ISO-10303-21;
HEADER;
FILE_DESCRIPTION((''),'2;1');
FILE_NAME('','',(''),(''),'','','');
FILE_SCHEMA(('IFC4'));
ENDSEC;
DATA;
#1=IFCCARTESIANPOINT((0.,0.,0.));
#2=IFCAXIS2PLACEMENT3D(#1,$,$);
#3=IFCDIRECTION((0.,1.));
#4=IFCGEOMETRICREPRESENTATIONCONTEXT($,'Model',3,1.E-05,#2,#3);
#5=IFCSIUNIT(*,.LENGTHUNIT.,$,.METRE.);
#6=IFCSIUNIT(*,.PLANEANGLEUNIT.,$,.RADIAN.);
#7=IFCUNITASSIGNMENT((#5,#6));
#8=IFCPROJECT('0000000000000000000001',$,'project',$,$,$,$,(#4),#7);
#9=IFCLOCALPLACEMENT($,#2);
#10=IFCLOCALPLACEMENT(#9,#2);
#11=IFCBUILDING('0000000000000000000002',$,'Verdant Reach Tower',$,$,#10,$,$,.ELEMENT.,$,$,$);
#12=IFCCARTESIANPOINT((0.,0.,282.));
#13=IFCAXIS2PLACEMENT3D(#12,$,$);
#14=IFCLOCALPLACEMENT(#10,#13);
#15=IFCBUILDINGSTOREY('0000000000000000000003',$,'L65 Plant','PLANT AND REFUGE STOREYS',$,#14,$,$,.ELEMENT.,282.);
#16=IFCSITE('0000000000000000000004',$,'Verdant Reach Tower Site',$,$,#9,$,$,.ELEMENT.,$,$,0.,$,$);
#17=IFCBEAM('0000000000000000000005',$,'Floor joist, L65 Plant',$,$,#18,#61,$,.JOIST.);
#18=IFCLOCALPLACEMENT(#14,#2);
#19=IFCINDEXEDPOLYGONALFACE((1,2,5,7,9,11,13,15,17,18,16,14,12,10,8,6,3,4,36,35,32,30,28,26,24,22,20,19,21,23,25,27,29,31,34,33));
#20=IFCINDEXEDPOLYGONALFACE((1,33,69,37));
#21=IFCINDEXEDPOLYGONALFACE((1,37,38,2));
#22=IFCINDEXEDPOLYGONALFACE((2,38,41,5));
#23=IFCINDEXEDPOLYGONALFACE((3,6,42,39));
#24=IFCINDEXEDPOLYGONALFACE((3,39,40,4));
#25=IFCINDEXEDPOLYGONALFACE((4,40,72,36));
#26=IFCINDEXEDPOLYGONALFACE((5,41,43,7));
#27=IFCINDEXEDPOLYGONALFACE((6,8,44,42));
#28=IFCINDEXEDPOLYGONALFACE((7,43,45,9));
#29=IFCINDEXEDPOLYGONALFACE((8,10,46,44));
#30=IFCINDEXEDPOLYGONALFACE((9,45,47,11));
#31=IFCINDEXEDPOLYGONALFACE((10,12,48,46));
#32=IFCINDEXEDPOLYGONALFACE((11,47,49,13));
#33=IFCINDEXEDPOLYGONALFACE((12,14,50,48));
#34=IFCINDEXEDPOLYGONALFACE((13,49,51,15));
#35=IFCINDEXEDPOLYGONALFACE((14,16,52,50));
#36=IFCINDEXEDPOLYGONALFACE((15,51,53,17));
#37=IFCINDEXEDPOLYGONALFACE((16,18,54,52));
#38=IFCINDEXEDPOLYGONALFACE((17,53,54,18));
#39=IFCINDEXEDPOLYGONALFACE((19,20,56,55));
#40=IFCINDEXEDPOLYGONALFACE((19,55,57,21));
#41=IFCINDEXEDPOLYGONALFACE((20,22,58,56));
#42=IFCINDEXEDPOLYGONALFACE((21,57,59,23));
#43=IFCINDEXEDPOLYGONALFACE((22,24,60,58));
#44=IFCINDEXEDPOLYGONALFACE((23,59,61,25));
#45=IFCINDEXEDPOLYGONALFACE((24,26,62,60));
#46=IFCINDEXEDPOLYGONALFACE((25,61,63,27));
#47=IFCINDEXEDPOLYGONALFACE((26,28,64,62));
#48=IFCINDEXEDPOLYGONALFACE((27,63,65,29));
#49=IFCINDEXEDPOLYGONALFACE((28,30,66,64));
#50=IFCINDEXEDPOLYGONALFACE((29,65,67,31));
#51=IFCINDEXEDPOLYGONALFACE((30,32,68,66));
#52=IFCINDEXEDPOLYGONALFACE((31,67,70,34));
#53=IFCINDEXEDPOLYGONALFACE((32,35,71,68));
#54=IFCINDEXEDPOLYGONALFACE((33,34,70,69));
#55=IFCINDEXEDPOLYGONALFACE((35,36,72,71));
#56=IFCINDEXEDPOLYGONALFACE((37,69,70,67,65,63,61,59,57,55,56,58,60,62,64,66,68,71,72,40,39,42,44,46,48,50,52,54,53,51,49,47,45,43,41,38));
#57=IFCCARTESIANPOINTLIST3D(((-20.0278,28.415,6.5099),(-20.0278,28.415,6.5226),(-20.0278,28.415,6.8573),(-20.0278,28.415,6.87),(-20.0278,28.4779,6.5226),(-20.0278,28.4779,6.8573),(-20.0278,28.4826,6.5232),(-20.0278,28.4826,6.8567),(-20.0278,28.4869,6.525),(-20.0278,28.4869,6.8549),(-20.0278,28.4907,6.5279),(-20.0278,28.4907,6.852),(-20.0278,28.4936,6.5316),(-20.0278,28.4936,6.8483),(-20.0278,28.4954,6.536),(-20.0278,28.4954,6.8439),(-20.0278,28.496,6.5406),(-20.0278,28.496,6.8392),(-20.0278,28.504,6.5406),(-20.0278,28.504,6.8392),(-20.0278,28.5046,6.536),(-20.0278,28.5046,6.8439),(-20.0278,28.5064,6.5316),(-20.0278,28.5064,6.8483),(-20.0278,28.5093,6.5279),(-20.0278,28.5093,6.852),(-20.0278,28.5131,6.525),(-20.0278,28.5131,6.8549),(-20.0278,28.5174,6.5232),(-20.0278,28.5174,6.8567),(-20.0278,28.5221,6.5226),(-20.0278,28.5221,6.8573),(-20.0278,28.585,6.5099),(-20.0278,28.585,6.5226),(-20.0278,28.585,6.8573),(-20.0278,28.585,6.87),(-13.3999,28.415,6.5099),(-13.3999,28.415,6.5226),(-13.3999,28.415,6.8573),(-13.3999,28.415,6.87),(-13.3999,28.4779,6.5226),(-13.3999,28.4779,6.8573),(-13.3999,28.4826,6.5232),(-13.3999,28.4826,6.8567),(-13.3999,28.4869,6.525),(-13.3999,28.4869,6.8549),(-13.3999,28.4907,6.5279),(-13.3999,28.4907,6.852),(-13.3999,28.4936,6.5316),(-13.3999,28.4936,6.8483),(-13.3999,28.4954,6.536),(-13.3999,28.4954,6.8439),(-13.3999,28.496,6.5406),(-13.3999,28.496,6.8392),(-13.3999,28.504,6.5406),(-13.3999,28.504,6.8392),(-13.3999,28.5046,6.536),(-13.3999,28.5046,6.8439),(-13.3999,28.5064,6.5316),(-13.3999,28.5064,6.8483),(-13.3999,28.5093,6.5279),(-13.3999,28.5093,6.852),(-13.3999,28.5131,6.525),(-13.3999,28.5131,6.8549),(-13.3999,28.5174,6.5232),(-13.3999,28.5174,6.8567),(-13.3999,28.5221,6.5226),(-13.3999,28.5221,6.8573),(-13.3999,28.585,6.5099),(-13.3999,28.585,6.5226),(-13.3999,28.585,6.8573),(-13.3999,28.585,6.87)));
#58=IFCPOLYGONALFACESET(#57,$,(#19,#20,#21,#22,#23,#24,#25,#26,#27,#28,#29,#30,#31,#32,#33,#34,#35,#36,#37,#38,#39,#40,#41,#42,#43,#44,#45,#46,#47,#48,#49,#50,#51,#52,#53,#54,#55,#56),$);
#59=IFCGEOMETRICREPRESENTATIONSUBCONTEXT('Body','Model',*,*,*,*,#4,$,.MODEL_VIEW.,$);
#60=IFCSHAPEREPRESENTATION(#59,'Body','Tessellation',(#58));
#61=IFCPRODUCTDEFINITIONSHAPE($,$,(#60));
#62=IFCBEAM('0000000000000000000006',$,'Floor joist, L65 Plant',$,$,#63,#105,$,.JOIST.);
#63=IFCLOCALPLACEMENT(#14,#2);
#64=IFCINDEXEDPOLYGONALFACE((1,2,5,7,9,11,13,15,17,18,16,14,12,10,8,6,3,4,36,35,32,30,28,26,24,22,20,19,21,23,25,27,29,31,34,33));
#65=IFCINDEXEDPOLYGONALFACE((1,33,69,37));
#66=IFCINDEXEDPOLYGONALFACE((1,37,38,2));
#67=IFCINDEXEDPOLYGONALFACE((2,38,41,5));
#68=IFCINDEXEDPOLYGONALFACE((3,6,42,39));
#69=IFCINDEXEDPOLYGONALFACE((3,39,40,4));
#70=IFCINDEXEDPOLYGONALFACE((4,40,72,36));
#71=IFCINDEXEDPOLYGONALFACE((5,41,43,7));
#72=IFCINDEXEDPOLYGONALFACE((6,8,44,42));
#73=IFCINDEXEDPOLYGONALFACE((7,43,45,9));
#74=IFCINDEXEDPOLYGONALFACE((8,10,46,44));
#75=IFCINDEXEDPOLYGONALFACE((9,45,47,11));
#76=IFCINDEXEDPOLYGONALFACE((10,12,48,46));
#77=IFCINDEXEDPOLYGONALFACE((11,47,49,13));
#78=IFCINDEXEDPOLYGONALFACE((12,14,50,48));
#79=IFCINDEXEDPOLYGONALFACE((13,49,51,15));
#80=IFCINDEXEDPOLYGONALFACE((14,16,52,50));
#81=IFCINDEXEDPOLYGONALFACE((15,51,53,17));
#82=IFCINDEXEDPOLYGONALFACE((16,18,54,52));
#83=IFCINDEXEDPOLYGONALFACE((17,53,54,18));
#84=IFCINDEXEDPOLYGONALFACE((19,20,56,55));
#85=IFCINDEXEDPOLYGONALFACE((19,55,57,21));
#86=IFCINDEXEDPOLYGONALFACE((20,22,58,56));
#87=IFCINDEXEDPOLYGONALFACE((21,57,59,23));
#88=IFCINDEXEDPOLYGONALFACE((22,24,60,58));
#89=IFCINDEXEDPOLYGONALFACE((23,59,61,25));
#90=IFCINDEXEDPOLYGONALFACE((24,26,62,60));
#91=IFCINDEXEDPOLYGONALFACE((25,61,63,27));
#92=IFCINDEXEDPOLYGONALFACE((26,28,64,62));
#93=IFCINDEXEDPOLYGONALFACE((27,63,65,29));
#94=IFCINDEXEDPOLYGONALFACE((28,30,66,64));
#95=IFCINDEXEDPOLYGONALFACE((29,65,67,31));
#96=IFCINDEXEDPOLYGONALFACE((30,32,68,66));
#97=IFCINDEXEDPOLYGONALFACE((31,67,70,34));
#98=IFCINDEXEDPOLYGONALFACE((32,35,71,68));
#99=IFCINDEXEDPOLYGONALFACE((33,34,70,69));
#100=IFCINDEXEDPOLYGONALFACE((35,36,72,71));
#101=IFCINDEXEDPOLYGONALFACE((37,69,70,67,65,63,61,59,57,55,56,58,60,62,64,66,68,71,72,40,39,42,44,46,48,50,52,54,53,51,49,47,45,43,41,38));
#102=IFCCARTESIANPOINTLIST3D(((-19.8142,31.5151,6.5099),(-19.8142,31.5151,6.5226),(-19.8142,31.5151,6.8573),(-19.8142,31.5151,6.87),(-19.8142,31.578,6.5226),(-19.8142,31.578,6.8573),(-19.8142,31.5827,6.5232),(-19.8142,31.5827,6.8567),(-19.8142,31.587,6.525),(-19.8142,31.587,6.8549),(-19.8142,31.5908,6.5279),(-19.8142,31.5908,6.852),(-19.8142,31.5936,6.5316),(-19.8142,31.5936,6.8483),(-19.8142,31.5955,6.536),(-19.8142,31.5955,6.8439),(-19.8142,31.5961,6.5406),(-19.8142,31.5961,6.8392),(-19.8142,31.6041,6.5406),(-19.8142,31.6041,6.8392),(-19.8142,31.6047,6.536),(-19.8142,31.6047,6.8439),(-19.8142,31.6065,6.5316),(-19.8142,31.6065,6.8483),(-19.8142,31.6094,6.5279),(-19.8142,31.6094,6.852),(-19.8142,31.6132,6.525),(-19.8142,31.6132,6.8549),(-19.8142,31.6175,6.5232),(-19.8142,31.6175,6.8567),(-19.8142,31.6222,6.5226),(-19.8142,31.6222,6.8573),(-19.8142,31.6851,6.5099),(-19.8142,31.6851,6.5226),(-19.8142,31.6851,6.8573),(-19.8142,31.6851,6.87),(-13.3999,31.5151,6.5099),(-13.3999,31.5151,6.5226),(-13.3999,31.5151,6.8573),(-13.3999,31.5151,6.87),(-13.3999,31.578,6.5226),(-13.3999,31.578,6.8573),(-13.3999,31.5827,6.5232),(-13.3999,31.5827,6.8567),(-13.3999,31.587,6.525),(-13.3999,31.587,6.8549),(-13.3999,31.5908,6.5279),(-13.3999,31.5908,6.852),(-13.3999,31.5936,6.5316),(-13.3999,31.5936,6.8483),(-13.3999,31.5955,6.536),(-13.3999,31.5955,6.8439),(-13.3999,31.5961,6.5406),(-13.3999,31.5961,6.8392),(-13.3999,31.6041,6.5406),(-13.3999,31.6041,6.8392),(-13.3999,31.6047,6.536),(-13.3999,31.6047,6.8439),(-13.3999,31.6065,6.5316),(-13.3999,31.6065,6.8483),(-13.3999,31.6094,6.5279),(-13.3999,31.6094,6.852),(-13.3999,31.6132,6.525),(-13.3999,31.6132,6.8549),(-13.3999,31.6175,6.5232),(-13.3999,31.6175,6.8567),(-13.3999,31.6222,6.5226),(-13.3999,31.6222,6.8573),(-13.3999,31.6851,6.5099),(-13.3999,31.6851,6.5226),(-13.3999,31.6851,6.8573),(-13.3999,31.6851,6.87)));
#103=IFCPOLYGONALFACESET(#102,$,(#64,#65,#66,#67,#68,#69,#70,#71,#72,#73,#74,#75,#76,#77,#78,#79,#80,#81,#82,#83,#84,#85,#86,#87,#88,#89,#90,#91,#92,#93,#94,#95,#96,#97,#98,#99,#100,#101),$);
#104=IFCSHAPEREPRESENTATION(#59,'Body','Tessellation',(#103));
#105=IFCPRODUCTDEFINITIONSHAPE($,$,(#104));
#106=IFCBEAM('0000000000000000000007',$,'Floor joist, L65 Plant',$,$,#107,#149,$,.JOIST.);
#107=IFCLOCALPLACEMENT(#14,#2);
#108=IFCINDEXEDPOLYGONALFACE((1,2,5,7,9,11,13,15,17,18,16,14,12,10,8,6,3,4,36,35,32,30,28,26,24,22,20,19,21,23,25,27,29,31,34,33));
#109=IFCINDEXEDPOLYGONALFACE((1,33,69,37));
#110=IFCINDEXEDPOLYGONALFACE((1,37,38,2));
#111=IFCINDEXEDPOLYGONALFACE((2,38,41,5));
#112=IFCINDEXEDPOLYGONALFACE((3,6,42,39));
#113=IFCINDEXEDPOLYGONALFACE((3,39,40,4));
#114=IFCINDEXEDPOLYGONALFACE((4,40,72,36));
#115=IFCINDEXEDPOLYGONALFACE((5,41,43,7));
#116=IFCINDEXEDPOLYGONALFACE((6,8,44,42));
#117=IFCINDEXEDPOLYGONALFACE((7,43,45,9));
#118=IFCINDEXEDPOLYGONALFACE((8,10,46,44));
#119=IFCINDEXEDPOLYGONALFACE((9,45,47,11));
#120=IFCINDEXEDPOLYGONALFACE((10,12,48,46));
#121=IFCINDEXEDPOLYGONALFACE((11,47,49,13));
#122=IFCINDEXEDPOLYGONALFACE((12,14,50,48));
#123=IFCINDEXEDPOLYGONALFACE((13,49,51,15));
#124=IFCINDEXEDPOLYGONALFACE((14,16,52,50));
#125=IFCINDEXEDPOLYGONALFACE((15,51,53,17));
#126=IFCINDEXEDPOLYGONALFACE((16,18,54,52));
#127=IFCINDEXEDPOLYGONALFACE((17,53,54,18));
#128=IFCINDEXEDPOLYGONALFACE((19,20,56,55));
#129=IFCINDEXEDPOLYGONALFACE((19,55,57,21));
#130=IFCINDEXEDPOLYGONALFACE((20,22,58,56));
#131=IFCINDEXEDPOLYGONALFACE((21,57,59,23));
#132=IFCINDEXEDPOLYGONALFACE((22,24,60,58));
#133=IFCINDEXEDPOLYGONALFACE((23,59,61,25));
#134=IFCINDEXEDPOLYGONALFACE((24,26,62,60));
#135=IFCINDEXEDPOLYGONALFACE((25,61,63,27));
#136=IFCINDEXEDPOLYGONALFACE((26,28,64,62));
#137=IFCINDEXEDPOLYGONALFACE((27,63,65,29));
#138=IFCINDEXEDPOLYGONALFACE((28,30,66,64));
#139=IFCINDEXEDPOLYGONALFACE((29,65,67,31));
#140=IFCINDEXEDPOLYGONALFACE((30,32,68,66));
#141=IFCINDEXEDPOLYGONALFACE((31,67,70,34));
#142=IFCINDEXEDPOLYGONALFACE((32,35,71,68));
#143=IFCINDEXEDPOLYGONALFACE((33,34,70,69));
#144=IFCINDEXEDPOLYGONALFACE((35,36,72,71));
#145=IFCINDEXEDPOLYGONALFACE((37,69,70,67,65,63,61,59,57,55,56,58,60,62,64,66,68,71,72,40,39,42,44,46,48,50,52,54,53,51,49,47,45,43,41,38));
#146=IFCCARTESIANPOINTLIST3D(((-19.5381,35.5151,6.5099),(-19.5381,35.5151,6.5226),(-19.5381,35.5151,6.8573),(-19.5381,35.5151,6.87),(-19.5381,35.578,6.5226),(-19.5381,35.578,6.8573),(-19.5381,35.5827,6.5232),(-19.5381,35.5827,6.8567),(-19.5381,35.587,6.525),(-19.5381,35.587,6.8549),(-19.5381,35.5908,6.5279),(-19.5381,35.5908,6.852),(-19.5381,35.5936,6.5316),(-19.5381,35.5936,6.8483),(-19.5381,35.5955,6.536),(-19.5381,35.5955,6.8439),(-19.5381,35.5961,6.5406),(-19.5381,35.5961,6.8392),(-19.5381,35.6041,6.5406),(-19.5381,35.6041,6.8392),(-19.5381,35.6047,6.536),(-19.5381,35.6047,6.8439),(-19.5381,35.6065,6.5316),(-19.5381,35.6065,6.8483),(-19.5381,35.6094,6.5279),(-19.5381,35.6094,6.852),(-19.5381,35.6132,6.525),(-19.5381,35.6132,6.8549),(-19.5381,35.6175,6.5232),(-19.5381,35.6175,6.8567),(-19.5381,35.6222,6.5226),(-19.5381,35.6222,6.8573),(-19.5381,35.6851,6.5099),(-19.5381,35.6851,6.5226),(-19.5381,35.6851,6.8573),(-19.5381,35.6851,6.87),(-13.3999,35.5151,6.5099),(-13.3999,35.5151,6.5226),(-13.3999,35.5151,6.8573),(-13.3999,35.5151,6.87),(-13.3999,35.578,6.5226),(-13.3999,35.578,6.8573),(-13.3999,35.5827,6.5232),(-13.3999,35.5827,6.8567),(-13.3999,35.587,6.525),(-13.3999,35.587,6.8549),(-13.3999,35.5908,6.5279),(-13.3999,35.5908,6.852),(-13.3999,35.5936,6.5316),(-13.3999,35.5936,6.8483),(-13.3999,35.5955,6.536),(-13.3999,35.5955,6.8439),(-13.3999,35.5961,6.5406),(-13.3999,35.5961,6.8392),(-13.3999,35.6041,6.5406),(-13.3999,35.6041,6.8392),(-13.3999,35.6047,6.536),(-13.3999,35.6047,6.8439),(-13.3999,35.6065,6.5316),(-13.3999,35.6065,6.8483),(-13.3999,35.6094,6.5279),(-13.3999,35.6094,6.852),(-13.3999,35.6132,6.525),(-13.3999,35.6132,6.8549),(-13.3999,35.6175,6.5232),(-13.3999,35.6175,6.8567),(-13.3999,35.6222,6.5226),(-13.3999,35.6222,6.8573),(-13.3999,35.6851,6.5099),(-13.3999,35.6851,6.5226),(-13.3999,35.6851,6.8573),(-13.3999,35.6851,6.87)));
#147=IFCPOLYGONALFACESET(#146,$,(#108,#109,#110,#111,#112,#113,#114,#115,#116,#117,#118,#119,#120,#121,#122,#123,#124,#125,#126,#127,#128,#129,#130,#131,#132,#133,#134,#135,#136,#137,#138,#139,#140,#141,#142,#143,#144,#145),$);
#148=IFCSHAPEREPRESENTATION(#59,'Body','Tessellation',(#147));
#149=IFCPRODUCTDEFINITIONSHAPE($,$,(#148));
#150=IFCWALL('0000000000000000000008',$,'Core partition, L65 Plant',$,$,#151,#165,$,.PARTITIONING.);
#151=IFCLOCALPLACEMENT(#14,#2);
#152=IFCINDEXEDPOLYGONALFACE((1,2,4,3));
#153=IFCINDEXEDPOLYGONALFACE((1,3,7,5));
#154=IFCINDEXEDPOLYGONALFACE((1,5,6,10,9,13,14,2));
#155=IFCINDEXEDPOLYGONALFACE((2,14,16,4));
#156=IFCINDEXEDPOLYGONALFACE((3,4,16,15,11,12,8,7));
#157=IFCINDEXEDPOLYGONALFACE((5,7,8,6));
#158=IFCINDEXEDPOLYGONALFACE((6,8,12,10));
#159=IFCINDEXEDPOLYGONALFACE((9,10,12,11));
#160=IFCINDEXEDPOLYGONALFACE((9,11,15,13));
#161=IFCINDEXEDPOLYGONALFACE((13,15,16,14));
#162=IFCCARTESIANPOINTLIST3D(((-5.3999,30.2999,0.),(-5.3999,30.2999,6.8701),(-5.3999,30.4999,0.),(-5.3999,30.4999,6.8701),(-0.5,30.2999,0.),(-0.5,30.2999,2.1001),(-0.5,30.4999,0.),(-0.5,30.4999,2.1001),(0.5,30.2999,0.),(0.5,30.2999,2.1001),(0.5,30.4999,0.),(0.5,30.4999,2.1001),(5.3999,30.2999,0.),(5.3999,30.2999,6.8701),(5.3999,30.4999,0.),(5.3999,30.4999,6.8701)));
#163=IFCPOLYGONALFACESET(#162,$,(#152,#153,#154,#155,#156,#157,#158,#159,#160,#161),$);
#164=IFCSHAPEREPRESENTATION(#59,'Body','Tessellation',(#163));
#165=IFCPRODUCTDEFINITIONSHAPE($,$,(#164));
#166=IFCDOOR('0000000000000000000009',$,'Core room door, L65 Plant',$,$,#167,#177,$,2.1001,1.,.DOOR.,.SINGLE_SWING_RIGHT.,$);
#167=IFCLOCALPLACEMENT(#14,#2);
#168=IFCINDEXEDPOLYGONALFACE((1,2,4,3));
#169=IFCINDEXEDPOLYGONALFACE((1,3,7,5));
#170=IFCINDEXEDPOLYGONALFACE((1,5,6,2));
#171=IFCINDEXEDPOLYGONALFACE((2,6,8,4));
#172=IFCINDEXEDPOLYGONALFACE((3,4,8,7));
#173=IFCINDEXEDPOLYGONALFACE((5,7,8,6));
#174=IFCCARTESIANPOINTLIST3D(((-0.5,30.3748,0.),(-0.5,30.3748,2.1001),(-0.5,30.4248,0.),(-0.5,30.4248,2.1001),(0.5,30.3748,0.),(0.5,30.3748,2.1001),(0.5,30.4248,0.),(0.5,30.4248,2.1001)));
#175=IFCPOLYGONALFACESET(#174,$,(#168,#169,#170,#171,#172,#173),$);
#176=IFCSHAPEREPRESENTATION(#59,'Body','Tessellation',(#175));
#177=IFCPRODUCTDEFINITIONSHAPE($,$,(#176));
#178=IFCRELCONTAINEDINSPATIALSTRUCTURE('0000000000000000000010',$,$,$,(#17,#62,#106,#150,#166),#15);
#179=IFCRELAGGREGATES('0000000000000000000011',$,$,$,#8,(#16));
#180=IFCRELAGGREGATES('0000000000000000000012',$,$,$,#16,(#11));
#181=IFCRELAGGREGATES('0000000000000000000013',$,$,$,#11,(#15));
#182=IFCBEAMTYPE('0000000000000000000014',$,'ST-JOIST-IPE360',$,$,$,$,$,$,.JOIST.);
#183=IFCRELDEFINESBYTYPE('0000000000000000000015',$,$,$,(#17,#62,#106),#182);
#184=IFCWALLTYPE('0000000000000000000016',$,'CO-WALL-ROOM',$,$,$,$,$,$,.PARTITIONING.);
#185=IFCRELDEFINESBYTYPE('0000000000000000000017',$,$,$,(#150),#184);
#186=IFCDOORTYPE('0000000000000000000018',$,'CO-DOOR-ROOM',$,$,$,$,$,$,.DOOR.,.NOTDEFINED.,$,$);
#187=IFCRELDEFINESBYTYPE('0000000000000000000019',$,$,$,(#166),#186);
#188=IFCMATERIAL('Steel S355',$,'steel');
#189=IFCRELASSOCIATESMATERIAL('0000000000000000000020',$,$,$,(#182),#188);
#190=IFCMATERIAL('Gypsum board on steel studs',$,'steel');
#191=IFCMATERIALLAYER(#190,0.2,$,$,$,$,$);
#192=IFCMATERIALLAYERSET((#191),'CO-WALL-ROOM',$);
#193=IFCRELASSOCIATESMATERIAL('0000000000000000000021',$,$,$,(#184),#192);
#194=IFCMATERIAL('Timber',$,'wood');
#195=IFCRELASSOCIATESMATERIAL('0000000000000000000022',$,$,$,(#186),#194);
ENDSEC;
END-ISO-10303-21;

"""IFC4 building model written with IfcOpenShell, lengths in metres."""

from ifc_helpers import new_model, si_unit, direction, frame, frame_2d, origin, origin_2d, place, context, subcontext, project, spatial, rectangle, i_section, extrude, material, layer, layer_set, material_profile, profile_set, type_object, element, fill, save


model = new_model("IFC4")

# Units and contexts
model_context = context("Model", 3, precision=1e-05, world=origin(), true_north=direction((0.0, 1.0)))
body_context = subcontext(model_context, "Body", "Model", "MODEL_VIEW")
ifc_project = project(units=[si_unit("LENGTHUNIT", "METRE"), si_unit("PLANEANGLEUNIT", "RADIAN")], contexts=[model_context])

# Site, building, storey
site_placement = place(None, origin())
site = spatial("IfcSite", under=ifc_project, at=site_placement, Name="Verdant Reach Tower Site", CompositionType="ELEMENT", RefElevation=0.0)
building_placement = place(site_placement, origin())
building = spatial("IfcBuilding", under=site, at=building_placement, Name="Verdant Reach Tower", CompositionType="ELEMENT")
storey_placement = place(building_placement, frame((0.0, 0.0, 282.0)))
storey = spatial("IfcBuildingStorey", under=building, at=storey_placement, Name="L65 Plant", Description="PLANT AND REFUGE STOREYS", CompositionType="ELEMENT", Elevation=282.0)

# Beams
ifc_material_1 = material(Name="Steel S355", Category="steel")
ifc_material_profile = material_profile(ifc_material_1, i_section(OverallWidth=0.1699, OverallDepth=0.3601, WebThickness=0.0081, FlangeThickness=0.0127, FilletRadius=0.0181, at=origin_2d()), Name="IPE 360")
ifc_profile_set = profile_set([ifc_material_profile], Name="Steel S355")
beam_type = type_object("IfcBeamType", Name="ST-JOIST-IPE360", PredefinedType="JOIST", material=ifc_profile_set)
beam_1_placement = place(storey_placement, frame((-13.3999, 28.5, 6.6899), z_axis=(-1.0, 0.0, 0.0), x_axis=(0.0, -1.0, 0.0)))
element("IfcBeam", 1, at=beam_1_placement, inside=storey, type_object=beam_type, Name="Floor joist, L65 Plant", PredefinedType="JOIST", context=body_context, shape_type="SweptSolid", body=[
    extrude(i_section(OverallWidth=0.1699, OverallDepth=0.3601, WebThickness=0.0081, FlangeThickness=0.0127, FilletRadius=0.0181, at=origin_2d()), origin(), (0.0, 0.0, 1.0), 6.6279),
])
beam_2_placement = place(storey_placement, frame((-13.3999, 31.6001, 6.6899), z_axis=(-1.0, 0.0, 0.0), x_axis=(0.0, -1.0, 0.0)))
element("IfcBeam", 2, at=beam_2_placement, inside=storey, type_object=beam_type, Name="Floor joist, L65 Plant", PredefinedType="JOIST", context=body_context, shape_type="SweptSolid", body=[
    extrude(i_section(OverallWidth=0.1699, OverallDepth=0.3601, WebThickness=0.0081, FlangeThickness=0.0127, FilletRadius=0.0181, at=origin_2d()), origin(), (0.0, 0.0, 1.0), 6.4143),
])
beam_3_placement = place(storey_placement, frame((-13.3999, 35.6001, 6.6899), z_axis=(-1.0, 0.0, 0.0), x_axis=(0.0, -1.0, 0.0)))
element("IfcBeam", 3, at=beam_3_placement, inside=storey, type_object=beam_type, Name="Floor joist, L65 Plant", PredefinedType="JOIST", context=body_context, shape_type="SweptSolid", body=[
    extrude(i_section(OverallWidth=0.1699, OverallDepth=0.3601, WebThickness=0.0081, FlangeThickness=0.0127, FilletRadius=0.0181, at=origin_2d()), origin(), (0.0, 0.0, 1.0), 6.1382),
])

# Wall, opening, door
ifc_material_2 = material(Name="Gypsum board on steel studs", Category="steel")
ifc_layer_1 = layer(ifc_material_2, 0.2)
ifc_layer_set_1 = layer_set([ifc_layer_1], Name="CO-WALL-ROOM")
wall_type_1 = type_object("IfcWallType", Name="CO-WALL-ROOM", PredefinedType="PARTITIONING", material=ifc_layer_set_1)
wall_1_placement = place(storey_placement, frame((-5.3999, 30.3999, 0.0), z_axis=(0.0, 0.0, 1.0), x_axis=(1.0, 0.0, 0.0)))
wall_1 = element("IfcWall", 4, at=wall_1_placement, inside=storey, type_object=wall_type_1, Name="Core partition, L65 Plant", PredefinedType="PARTITIONING", context=body_context, shape_type="SweptSolid", body=[
    extrude(rectangle(XDim=10.7998, YDim=0.2, at=frame_2d((5.3999, 0.0))), origin(), (0.0, 0.0, 1.0), 6.8701),
])
opening_1_placement = place(wall_1_placement, frame((4.8999, 0.0, 0.0)))
opening_1 = element("IfcOpeningElement", 5, at=opening_1_placement, cuts=wall_1, PredefinedType="OPENING", context=body_context, shape_type="SweptSolid", body=[
    extrude(rectangle(XDim=1.0, YDim=2.1001, at=frame_2d((0.5, 1.05))), frame((0.0, 0.1099, 0.0), z_axis=(0.0, -1.0, 0.0), x_axis=(1.0, 0.0, 0.0)), (0.0, 0.0, 1.0), 0.22),
])
ifc_material_3 = material(Name="Timber", Category="wood")
door_type_1 = type_object("IfcDoorType", Name="CO-DOOR-ROOM", OperationType="NOTDEFINED", PredefinedType="DOOR", material=ifc_material_3)
door_1_placement = place(opening_1_placement, origin())
door_1 = element("IfcDoor", 6, at=door_1_placement, inside=storey, type_object=door_type_1, Name="Core room door, L65 Plant", OperationType="SINGLE_SWING_RIGHT", OverallHeight=2.1001, OverallWidth=1.0, PredefinedType="DOOR", context=body_context, shape_type="SweptSolid", body=[
    extrude(rectangle(XDim=1.0, YDim=2.1001, at=frame_2d((0.5, 1.05))), frame((0.0, 0.0249, 0.0), z_axis=(0.0, -1.0, 0.0), x_axis=(1.0, 0.0, 0.0)), (0.0, 0.0, 1.0), 0.05),
])
fill(opening_1, door_1)

save(model, "model.ifc")
